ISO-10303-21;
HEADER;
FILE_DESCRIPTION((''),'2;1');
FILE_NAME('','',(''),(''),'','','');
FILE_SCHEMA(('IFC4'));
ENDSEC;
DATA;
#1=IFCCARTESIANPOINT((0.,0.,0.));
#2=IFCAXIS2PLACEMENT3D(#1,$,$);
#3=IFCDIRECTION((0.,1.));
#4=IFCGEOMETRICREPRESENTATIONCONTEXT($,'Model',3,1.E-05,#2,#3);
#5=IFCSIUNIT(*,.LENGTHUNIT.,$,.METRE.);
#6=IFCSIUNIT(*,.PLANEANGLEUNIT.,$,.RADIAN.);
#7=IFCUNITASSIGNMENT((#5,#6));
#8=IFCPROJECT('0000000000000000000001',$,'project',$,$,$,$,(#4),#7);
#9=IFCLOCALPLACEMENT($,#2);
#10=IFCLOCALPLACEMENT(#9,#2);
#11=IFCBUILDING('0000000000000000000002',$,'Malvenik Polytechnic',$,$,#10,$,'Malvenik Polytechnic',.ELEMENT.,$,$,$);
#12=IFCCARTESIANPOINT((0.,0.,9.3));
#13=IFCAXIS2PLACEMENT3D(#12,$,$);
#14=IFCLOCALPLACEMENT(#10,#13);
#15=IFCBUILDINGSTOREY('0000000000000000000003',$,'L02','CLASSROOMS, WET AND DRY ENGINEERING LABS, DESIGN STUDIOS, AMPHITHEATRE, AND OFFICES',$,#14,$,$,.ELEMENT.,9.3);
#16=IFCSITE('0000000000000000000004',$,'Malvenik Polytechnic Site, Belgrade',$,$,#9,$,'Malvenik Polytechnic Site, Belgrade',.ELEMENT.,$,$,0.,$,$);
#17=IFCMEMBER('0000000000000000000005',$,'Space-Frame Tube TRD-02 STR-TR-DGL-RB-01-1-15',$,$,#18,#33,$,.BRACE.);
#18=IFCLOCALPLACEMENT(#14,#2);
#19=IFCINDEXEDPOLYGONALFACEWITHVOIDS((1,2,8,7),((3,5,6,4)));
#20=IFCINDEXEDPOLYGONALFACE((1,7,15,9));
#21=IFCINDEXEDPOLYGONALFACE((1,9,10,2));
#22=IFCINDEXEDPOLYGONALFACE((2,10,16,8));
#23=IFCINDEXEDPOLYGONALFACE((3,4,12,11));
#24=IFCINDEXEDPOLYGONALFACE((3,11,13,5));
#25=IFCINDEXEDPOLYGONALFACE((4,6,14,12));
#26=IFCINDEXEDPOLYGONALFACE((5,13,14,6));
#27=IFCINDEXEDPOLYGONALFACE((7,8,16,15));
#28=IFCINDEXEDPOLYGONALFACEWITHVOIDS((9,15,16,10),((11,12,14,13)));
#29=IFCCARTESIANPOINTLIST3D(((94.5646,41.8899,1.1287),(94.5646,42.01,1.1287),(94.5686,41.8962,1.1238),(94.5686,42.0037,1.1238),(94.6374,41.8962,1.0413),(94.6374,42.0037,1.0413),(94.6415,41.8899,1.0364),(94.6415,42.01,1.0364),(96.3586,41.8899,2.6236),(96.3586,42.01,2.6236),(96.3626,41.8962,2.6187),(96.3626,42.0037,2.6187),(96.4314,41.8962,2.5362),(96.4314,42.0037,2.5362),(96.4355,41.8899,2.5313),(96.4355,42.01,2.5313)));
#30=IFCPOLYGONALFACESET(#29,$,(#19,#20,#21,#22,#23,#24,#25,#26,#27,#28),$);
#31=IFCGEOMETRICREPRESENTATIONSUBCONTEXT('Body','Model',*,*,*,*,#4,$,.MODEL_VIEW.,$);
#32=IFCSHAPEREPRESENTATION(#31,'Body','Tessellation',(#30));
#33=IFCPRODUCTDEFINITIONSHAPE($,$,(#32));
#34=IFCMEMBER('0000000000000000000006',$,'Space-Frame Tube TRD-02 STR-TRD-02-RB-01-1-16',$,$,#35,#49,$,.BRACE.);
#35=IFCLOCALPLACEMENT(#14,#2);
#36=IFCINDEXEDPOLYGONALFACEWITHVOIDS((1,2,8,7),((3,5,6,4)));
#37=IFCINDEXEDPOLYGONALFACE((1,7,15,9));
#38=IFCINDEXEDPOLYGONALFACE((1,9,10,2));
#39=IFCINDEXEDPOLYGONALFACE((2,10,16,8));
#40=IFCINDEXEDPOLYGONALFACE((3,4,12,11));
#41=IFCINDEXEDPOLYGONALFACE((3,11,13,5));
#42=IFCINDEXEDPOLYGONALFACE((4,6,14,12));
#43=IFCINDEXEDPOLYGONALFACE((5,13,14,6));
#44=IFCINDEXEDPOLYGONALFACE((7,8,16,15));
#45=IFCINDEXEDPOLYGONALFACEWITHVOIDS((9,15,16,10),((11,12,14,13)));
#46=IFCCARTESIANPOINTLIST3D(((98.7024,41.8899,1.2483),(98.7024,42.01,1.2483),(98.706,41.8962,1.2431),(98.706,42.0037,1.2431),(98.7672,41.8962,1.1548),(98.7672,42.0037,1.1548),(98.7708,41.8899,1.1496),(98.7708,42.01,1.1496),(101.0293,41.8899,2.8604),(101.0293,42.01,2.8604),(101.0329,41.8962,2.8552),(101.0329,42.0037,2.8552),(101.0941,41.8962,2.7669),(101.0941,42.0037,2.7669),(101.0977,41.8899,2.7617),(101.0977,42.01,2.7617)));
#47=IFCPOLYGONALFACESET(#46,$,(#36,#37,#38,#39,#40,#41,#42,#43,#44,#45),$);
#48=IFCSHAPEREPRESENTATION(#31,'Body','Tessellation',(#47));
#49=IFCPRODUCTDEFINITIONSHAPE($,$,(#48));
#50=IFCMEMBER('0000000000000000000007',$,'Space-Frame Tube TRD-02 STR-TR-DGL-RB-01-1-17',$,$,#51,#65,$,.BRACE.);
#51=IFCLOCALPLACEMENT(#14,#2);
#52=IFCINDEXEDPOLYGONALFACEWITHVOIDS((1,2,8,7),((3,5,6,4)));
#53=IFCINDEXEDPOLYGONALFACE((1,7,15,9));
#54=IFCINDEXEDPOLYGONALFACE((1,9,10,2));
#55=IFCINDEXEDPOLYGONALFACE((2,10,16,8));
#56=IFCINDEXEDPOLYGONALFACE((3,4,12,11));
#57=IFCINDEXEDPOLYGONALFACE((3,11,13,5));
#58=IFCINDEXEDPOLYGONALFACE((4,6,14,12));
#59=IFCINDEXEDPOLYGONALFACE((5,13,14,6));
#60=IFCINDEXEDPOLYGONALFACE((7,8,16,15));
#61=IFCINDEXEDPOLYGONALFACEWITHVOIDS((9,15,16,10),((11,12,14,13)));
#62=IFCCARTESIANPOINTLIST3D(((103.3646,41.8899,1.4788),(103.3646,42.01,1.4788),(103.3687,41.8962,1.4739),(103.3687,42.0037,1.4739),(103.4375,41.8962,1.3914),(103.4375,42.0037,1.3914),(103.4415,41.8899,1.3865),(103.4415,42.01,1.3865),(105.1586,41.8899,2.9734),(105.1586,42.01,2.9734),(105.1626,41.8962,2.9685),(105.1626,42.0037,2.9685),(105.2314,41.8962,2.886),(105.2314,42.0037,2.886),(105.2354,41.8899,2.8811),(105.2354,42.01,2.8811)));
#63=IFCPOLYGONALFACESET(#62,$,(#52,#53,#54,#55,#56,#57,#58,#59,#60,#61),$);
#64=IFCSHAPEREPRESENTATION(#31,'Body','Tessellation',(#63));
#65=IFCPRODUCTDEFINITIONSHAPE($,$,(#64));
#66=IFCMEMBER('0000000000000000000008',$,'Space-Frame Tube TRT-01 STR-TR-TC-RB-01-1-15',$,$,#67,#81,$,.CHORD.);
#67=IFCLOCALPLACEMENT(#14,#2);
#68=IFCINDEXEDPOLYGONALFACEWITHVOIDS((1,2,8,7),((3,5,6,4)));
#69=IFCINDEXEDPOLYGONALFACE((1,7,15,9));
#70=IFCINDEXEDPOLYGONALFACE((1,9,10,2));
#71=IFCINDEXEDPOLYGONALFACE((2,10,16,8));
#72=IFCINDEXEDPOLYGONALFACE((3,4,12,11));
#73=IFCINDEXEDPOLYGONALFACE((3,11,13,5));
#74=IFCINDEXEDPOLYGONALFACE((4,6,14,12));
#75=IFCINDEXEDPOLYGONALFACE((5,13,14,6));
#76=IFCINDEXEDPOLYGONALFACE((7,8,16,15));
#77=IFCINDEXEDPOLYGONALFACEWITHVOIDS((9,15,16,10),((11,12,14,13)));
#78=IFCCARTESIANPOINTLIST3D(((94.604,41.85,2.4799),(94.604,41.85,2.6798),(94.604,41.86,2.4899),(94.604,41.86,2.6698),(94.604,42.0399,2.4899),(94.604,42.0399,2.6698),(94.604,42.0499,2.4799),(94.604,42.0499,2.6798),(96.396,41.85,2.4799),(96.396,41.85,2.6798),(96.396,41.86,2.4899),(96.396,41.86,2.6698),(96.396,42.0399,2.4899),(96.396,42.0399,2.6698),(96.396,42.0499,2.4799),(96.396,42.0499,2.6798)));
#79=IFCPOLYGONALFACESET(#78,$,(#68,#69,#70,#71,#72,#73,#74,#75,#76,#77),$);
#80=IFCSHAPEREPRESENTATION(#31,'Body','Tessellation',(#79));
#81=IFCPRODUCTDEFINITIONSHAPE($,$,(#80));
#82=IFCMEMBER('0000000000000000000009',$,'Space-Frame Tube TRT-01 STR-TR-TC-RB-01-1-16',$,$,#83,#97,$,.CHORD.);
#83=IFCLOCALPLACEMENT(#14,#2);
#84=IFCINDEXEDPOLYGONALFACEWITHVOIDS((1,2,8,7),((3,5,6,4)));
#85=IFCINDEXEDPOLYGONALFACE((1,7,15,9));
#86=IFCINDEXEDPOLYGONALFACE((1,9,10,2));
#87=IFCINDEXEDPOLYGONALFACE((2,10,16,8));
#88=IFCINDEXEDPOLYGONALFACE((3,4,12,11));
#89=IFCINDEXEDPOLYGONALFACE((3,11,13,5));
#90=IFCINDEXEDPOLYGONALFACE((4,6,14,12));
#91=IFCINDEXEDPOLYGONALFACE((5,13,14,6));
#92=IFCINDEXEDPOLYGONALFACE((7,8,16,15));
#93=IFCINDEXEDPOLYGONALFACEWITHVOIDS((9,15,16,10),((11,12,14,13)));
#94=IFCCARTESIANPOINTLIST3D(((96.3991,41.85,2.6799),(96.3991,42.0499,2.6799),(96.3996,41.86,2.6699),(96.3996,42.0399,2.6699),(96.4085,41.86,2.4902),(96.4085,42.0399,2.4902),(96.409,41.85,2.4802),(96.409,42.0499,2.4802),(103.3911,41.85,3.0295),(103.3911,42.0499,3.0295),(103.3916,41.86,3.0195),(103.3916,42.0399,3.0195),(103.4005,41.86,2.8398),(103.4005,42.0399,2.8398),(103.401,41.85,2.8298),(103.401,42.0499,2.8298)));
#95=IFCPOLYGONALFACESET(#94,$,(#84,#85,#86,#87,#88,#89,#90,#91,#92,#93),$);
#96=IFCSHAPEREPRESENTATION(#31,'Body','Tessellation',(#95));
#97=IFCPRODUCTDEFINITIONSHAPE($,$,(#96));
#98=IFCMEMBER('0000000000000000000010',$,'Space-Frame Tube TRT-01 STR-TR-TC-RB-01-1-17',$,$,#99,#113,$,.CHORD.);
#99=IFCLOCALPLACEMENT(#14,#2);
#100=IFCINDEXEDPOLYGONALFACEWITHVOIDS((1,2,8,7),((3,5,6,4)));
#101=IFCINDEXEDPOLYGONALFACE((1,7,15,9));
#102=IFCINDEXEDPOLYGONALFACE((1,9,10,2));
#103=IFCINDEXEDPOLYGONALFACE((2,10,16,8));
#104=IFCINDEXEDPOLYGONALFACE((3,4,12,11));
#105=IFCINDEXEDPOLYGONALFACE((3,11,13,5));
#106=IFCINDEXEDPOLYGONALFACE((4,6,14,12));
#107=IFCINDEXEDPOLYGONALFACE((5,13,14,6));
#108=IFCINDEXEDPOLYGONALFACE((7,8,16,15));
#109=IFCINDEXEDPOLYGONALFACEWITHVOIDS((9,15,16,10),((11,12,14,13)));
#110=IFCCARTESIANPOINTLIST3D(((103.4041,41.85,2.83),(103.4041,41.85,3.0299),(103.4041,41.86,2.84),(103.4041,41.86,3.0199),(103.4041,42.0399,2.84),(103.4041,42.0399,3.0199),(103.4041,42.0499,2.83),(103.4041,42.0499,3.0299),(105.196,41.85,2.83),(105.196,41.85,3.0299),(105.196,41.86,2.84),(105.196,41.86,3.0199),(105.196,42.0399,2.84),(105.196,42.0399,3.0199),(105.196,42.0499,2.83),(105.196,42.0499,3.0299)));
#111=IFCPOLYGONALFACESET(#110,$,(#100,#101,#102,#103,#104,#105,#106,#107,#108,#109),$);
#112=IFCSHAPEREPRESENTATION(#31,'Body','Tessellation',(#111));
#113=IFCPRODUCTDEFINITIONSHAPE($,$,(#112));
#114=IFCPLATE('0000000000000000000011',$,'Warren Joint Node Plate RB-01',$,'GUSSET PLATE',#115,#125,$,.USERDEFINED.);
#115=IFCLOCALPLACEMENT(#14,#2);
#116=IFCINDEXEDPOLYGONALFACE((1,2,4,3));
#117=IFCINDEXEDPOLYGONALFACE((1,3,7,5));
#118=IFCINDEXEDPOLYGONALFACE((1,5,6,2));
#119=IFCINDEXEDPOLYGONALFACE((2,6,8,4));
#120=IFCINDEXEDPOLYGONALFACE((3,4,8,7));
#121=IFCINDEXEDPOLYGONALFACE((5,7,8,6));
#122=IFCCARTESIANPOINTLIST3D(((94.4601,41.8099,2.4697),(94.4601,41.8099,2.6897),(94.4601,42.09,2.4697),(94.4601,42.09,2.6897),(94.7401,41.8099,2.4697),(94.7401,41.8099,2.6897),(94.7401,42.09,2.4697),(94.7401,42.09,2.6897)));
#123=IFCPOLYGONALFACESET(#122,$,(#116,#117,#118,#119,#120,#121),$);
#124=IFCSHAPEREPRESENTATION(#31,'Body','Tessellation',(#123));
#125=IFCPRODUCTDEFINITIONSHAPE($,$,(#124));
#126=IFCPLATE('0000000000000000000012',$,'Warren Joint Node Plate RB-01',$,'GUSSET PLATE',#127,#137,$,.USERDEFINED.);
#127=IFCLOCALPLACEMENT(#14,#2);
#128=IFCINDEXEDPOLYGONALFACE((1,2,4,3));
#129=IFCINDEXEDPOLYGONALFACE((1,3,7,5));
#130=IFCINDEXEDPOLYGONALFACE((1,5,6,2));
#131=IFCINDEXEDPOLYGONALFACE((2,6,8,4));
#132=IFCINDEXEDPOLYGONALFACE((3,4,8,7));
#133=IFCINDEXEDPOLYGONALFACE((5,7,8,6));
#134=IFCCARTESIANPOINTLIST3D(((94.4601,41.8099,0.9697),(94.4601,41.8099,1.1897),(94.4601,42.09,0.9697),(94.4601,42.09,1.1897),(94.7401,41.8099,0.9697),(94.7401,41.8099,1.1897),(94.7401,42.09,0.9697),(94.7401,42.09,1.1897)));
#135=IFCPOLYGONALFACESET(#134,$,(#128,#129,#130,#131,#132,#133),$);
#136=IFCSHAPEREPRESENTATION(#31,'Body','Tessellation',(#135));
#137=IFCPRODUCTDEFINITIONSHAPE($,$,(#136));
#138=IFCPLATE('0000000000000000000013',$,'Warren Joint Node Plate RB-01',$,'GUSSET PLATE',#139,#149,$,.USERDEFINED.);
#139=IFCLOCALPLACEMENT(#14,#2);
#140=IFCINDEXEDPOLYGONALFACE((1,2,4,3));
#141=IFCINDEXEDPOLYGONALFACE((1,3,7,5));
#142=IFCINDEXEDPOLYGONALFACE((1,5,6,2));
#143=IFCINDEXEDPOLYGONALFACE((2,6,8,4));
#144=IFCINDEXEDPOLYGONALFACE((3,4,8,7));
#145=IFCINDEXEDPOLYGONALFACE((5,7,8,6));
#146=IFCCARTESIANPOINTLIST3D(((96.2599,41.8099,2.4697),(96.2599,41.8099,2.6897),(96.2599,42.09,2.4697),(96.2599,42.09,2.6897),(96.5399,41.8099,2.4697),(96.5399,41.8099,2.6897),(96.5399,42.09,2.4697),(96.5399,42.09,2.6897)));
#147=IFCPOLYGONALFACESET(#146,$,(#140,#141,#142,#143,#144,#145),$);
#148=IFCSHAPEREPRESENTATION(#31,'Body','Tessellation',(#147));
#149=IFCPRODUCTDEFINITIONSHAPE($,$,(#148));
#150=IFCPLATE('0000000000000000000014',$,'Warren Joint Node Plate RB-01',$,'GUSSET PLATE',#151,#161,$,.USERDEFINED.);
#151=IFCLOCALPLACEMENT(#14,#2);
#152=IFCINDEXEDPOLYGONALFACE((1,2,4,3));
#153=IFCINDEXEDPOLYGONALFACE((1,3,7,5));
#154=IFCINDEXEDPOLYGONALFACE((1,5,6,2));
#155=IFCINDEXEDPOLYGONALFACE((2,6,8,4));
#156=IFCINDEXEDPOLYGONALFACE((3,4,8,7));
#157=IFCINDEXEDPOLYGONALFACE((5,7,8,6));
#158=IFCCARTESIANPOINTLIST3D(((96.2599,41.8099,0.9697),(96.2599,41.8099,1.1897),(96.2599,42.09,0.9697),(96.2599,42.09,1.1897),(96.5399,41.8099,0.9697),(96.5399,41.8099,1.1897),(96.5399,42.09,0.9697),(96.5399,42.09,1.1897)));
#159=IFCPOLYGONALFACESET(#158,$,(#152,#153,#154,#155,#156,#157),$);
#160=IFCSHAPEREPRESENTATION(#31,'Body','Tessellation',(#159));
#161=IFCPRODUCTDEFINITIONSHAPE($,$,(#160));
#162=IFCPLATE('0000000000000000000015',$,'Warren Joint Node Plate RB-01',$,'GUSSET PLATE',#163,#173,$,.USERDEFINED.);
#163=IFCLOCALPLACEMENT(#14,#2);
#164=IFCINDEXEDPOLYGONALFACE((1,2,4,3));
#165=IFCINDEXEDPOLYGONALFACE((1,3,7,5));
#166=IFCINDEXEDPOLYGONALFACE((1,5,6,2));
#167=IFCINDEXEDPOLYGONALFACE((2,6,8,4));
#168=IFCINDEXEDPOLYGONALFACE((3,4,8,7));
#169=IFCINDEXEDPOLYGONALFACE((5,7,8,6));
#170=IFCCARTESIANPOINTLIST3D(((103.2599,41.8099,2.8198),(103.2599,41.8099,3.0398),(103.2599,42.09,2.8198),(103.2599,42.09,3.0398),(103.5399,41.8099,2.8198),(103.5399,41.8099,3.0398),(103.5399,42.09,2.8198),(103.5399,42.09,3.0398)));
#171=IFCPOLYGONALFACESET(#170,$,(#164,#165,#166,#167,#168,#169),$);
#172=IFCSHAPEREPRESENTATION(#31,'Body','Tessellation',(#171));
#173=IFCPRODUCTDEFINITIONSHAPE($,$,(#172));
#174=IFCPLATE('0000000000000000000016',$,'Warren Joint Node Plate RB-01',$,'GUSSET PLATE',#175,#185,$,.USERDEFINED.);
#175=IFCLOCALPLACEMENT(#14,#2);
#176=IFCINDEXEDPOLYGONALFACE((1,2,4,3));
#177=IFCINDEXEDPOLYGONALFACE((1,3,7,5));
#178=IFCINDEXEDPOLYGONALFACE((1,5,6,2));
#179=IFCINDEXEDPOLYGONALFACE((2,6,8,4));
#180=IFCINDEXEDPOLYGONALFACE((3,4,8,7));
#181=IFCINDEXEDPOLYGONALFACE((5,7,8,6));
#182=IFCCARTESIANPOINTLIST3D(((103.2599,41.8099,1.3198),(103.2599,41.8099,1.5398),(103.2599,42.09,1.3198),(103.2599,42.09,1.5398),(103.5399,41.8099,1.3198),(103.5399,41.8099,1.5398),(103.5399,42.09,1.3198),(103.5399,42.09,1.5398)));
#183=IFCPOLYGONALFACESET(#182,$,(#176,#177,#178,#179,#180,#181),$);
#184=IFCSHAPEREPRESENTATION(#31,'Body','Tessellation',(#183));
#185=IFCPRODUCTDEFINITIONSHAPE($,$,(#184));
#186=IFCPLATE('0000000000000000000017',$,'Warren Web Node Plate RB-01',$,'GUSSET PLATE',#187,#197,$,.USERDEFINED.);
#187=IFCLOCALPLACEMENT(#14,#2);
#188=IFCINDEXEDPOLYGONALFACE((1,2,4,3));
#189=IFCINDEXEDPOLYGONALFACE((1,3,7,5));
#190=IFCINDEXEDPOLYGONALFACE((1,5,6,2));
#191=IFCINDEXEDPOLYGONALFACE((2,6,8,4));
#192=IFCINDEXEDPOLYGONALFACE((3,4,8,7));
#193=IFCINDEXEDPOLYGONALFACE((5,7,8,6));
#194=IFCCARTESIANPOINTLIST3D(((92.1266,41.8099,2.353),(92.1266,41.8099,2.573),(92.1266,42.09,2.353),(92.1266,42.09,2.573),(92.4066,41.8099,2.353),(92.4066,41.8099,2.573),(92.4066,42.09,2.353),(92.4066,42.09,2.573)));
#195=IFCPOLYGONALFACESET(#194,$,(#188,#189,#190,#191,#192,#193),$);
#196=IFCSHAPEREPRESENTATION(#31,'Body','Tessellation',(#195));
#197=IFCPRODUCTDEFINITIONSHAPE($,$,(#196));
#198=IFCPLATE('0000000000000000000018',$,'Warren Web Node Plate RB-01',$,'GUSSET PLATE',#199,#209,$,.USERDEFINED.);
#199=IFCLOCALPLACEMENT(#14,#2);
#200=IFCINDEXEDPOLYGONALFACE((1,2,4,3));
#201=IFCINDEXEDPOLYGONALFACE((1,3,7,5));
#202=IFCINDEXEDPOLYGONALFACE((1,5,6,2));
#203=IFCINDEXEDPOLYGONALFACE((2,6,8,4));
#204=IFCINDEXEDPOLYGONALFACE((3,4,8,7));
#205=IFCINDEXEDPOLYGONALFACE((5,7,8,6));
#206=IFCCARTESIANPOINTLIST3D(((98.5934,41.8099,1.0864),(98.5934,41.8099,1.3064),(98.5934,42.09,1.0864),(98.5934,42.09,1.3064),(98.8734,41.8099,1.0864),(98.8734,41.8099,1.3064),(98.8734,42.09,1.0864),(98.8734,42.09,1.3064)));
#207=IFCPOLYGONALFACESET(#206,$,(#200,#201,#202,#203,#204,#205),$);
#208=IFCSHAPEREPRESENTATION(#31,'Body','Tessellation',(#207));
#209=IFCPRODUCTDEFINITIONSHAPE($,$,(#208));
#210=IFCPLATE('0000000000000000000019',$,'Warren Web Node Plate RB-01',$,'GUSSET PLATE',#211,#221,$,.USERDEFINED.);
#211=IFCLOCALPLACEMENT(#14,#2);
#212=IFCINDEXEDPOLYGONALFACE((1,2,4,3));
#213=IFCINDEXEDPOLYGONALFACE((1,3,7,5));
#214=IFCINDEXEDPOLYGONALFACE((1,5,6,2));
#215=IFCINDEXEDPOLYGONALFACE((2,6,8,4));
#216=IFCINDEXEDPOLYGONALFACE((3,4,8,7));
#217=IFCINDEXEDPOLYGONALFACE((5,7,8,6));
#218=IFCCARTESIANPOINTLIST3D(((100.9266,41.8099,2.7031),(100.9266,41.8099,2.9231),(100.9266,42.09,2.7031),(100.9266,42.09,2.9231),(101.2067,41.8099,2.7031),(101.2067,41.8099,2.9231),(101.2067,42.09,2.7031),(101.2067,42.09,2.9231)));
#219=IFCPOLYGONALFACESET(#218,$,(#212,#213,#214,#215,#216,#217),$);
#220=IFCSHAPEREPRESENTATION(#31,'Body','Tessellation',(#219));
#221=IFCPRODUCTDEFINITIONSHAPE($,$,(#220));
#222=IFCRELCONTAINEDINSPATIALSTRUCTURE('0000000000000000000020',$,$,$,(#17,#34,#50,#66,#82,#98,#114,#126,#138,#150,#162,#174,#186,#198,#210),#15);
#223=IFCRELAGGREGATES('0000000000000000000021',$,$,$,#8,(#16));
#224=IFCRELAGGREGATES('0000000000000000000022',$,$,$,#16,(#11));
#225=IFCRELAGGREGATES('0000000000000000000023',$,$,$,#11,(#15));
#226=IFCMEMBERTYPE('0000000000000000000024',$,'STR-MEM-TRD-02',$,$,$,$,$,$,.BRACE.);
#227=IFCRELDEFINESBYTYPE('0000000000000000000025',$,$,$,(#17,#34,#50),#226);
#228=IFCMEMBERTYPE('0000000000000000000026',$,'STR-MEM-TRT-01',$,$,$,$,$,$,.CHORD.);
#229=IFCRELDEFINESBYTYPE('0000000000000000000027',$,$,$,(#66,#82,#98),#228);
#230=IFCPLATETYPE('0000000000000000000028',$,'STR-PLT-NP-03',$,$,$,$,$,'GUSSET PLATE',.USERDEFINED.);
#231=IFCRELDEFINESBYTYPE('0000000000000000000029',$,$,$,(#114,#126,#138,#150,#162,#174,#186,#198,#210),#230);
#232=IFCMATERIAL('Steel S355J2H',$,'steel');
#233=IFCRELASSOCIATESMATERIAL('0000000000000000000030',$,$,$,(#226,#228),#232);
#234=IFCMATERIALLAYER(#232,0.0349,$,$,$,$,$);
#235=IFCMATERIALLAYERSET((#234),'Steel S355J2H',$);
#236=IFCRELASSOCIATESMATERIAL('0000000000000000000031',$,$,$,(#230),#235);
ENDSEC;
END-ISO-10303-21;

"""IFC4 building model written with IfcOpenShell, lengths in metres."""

from ifc_helpers import new_model, si_unit, direction, frame, origin, origin_2d, place, context, subcontext, project, spatial, rectangle, hollow_rectangle, extrude, material, layer, layer_set, material_profile, profile_set, type_object, element, save


model = new_model("IFC4")

# Units and contexts
model_context = context("Model", 3, precision=1e-05, world=origin(), true_north=direction((0.0, 1.0)))
body_context = subcontext(model_context, "Body", "Model", "MODEL_VIEW")
ifc_project = project(units=[si_unit("LENGTHUNIT", "METRE"), si_unit("PLANEANGLEUNIT", "RADIAN")], contexts=[model_context])

# Site, building, storey
site_placement = place(None, origin())
site = spatial("IfcSite", under=ifc_project, at=site_placement, Name="Malvenik Polytechnic Site, Belgrade", LongName="Malvenik Polytechnic Site, Belgrade", CompositionType="ELEMENT", RefElevation=0.0)
building_placement = place(site_placement, origin())
building = spatial("IfcBuilding", under=site, at=building_placement, Name="Malvenik Polytechnic", LongName="Malvenik Polytechnic", CompositionType="ELEMENT")
storey_placement = place(building_placement, frame((0.0, 0.0, 9.3)))
storey = spatial("IfcBuildingStorey", under=building, at=storey_placement, Name="L02", Description="CLASSROOMS, WET AND DRY ENGINEERING LABS, DESIGN STUDIOS, AMPHITHEATRE, AND OFFICES", CompositionType="ELEMENT", Elevation=9.3)

# Shared definitions
ifc_material_1 = material(Name="Steel S355J2H", Category="steel")

# Members
ifc_material_profile_1 = material_profile(ifc_material_1, hollow_rectangle(XDim=0.1201, YDim=0.1201, WallThickness=0.0063, at=origin_2d()), Name="SHS 120x120x6.3")
ifc_profile_set_1 = profile_set([ifc_material_profile_1], Name="Steel S355J2H")
member_type_1 = type_object("IfcMemberType", Name="STR-MEM-TRD-02", PredefinedType="BRACE", material=ifc_profile_set_1)
member_1_placement = place(storey_placement, frame((94.603, 41.95, 1.0825), z_axis=(0.768238, 0.0, 0.640164), x_axis=(0.0, 1.0, 0.0)))
element("IfcMember", 1, at=member_1_placement, inside=storey, type_object=member_type_1, Name="Space-Frame Tube TRD-02 STR-TR-DGL-RB-01-1-15", PredefinedType="BRACE", context=body_context, shape_type="SweptSolid", body=[
    extrude(hollow_rectangle(XDim=0.1201, YDim=0.1201, WallThickness=0.0063, at=origin_2d()), origin(), (0.0, 0.0, 1.0), 2.3352),
])
member_2_placement = place(storey_placement, frame((98.7366, 41.95, 1.199), z_axis=(0.822006, 0.0, 0.569479), x_axis=(0.0, 1.0, 0.0)))
element("IfcMember", 2, at=member_2_placement, inside=storey, type_object=member_type_1, Name="Space-Frame Tube TRD-02 STR-TRD-02-RB-01-1-16", PredefinedType="BRACE", context=body_context, shape_type="SweptSolid", body=[
    extrude(hollow_rectangle(XDim=0.1201, YDim=0.1201, WallThickness=0.0063, at=origin_2d()), origin(), (0.0, 0.0, 1.0), 2.8308),
])
member_3_placement = place(storey_placement, frame((103.4031, 41.95, 1.4326), z_axis=(0.76829, 0.0, 0.640102), x_axis=(0.0, 1.0, 0.0)))
element("IfcMember", 3, at=member_3_placement, inside=storey, type_object=member_type_1, Name="Space-Frame Tube TRD-02 STR-TR-DGL-RB-01-1-17", PredefinedType="BRACE", context=body_context, shape_type="SweptSolid", body=[
    extrude(hollow_rectangle(XDim=0.1201, YDim=0.1201, WallThickness=0.0063, at=origin_2d()), origin(), (0.0, 0.0, 1.0), 2.335),
])
ifc_material_profile_2 = material_profile(ifc_material_1, hollow_rectangle(XDim=0.2, YDim=0.2, WallThickness=0.01, at=origin_2d()), Name="SHS 200x200x10.0")
ifc_profile_set_2 = profile_set([ifc_material_profile_2], Name="Steel S355J2H")
member_type_2 = type_object("IfcMemberType", Name="STR-MEM-TRT-01", PredefinedType="CHORD", material=ifc_profile_set_2)
member_4_placement = place(storey_placement, frame((94.604, 41.95, 2.5798), z_axis=(1.0, 0.0, 0.0), x_axis=(0.0, 1.0, 0.0)))
element("IfcMember", 4, at=member_4_placement, inside=storey, type_object=member_type_2, Name="Space-Frame Tube TRT-01 STR-TR-TC-RB-01-1-15", PredefinedType="CHORD", context=body_context, shape_type="SweptSolid", body=[
    extrude(hollow_rectangle(XDim=0.2, YDim=0.2, WallThickness=0.01, at=origin_2d()), origin(), (0.0, 0.0, 1.0), 1.792),
])
member_5_placement = place(storey_placement, frame((96.4041, 41.95, 2.5801), z_axis=(0.998752, 0.0, 0.049939), x_axis=(0.0, 1.0, 0.0)))
element("IfcMember", 5, at=member_5_placement, inside=storey, type_object=member_type_2, Name="Space-Frame Tube TRT-01 STR-TR-TC-RB-01-1-16", PredefinedType="CHORD", context=body_context, shape_type="SweptSolid", body=[
    extrude(hollow_rectangle(XDim=0.2, YDim=0.2, WallThickness=0.01, at=origin_2d()), origin(), (0.0, 0.0, 1.0), 7.0007),
])
member_6_placement = place(storey_placement, frame((103.4041, 41.95, 2.9299), z_axis=(1.0, 0.0, 0.0), x_axis=(0.0, 1.0, 0.0)))
element("IfcMember", 6, at=member_6_placement, inside=storey, type_object=member_type_2, Name="Space-Frame Tube TRT-01 STR-TR-TC-RB-01-1-17", PredefinedType="CHORD", context=body_context, shape_type="SweptSolid", body=[
    extrude(hollow_rectangle(XDim=0.2, YDim=0.2, WallThickness=0.01, at=origin_2d()), origin(), (0.0, 0.0, 1.0), 1.792),
])

# Plates
ifc_layer_1 = layer(ifc_material_1, 0.0349)
ifc_layer_set_1 = layer_set([ifc_layer_1], Name="Steel S355J2H")
plate_type = type_object("IfcPlateType", Name="STR-PLT-NP-03", ElementType="GUSSET PLATE", PredefinedType="USERDEFINED", material=ifc_layer_set_1)
for number, where, z_axis, x_axis, name in (
    (7, (94.6001, 41.95, 2.4697), (0.0, 0.0, 1.0), (1.0, 0.0, 0.0), "Warren Joint Node Plate RB-01"),
    (8, (94.6001, 41.95, 0.9697), (0.0, 0.0, 1.0), (1.0, 0.0, 0.0), "Warren Joint Node Plate RB-01"),
    (9, (96.3999, 41.95, 2.4697), (0.0, 0.0, 1.0), (1.0, 0.0, 0.0), "Warren Joint Node Plate RB-01"),
    (10, (96.3999, 41.95, 0.9697), (0.0, 0.0, 1.0), (1.0, 0.0, 0.0), "Warren Joint Node Plate RB-01"),
    (11, (103.3999, 41.95, 2.8198), (0.0, 0.0, 1.0), (1.0, 0.0, 0.0), "Warren Joint Node Plate RB-01"),
    (12, (103.3999, 41.95, 1.3198), (0.0, 0.0, 1.0), (1.0, 0.0, 0.0), "Warren Joint Node Plate RB-01"),
    (13, (92.2666, 41.95, 2.353), (0.0, 0.0, 1.0), (1.0, 0.0, 0.0), "Warren Web Node Plate RB-01"),
    (14, (98.7334, 41.95, 1.0864), (0.0, 0.0, 1.0), (1.0, 0.0, 0.0), "Warren Web Node Plate RB-01"),
    (15, (101.0667, 41.95, 2.7031), (0.0, 0.0, 1.0), (1.0, 0.0, 0.0), "Warren Web Node Plate RB-01"),
):
    element("IfcPlate", number, at=place(storey_placement, frame(where, z_axis=z_axis, x_axis=x_axis)), inside=storey, type_object=plate_type, Name=name, ObjectType="GUSSET PLATE", PredefinedType="USERDEFINED", context=body_context, shape_type="SweptSolid", body=[
        extrude(rectangle(XDim=0.28, YDim=0.28, at=origin_2d()), origin(), (0.0, 0.0, 1.0), 0.22),
    ])

save(model, "model.ifc")
